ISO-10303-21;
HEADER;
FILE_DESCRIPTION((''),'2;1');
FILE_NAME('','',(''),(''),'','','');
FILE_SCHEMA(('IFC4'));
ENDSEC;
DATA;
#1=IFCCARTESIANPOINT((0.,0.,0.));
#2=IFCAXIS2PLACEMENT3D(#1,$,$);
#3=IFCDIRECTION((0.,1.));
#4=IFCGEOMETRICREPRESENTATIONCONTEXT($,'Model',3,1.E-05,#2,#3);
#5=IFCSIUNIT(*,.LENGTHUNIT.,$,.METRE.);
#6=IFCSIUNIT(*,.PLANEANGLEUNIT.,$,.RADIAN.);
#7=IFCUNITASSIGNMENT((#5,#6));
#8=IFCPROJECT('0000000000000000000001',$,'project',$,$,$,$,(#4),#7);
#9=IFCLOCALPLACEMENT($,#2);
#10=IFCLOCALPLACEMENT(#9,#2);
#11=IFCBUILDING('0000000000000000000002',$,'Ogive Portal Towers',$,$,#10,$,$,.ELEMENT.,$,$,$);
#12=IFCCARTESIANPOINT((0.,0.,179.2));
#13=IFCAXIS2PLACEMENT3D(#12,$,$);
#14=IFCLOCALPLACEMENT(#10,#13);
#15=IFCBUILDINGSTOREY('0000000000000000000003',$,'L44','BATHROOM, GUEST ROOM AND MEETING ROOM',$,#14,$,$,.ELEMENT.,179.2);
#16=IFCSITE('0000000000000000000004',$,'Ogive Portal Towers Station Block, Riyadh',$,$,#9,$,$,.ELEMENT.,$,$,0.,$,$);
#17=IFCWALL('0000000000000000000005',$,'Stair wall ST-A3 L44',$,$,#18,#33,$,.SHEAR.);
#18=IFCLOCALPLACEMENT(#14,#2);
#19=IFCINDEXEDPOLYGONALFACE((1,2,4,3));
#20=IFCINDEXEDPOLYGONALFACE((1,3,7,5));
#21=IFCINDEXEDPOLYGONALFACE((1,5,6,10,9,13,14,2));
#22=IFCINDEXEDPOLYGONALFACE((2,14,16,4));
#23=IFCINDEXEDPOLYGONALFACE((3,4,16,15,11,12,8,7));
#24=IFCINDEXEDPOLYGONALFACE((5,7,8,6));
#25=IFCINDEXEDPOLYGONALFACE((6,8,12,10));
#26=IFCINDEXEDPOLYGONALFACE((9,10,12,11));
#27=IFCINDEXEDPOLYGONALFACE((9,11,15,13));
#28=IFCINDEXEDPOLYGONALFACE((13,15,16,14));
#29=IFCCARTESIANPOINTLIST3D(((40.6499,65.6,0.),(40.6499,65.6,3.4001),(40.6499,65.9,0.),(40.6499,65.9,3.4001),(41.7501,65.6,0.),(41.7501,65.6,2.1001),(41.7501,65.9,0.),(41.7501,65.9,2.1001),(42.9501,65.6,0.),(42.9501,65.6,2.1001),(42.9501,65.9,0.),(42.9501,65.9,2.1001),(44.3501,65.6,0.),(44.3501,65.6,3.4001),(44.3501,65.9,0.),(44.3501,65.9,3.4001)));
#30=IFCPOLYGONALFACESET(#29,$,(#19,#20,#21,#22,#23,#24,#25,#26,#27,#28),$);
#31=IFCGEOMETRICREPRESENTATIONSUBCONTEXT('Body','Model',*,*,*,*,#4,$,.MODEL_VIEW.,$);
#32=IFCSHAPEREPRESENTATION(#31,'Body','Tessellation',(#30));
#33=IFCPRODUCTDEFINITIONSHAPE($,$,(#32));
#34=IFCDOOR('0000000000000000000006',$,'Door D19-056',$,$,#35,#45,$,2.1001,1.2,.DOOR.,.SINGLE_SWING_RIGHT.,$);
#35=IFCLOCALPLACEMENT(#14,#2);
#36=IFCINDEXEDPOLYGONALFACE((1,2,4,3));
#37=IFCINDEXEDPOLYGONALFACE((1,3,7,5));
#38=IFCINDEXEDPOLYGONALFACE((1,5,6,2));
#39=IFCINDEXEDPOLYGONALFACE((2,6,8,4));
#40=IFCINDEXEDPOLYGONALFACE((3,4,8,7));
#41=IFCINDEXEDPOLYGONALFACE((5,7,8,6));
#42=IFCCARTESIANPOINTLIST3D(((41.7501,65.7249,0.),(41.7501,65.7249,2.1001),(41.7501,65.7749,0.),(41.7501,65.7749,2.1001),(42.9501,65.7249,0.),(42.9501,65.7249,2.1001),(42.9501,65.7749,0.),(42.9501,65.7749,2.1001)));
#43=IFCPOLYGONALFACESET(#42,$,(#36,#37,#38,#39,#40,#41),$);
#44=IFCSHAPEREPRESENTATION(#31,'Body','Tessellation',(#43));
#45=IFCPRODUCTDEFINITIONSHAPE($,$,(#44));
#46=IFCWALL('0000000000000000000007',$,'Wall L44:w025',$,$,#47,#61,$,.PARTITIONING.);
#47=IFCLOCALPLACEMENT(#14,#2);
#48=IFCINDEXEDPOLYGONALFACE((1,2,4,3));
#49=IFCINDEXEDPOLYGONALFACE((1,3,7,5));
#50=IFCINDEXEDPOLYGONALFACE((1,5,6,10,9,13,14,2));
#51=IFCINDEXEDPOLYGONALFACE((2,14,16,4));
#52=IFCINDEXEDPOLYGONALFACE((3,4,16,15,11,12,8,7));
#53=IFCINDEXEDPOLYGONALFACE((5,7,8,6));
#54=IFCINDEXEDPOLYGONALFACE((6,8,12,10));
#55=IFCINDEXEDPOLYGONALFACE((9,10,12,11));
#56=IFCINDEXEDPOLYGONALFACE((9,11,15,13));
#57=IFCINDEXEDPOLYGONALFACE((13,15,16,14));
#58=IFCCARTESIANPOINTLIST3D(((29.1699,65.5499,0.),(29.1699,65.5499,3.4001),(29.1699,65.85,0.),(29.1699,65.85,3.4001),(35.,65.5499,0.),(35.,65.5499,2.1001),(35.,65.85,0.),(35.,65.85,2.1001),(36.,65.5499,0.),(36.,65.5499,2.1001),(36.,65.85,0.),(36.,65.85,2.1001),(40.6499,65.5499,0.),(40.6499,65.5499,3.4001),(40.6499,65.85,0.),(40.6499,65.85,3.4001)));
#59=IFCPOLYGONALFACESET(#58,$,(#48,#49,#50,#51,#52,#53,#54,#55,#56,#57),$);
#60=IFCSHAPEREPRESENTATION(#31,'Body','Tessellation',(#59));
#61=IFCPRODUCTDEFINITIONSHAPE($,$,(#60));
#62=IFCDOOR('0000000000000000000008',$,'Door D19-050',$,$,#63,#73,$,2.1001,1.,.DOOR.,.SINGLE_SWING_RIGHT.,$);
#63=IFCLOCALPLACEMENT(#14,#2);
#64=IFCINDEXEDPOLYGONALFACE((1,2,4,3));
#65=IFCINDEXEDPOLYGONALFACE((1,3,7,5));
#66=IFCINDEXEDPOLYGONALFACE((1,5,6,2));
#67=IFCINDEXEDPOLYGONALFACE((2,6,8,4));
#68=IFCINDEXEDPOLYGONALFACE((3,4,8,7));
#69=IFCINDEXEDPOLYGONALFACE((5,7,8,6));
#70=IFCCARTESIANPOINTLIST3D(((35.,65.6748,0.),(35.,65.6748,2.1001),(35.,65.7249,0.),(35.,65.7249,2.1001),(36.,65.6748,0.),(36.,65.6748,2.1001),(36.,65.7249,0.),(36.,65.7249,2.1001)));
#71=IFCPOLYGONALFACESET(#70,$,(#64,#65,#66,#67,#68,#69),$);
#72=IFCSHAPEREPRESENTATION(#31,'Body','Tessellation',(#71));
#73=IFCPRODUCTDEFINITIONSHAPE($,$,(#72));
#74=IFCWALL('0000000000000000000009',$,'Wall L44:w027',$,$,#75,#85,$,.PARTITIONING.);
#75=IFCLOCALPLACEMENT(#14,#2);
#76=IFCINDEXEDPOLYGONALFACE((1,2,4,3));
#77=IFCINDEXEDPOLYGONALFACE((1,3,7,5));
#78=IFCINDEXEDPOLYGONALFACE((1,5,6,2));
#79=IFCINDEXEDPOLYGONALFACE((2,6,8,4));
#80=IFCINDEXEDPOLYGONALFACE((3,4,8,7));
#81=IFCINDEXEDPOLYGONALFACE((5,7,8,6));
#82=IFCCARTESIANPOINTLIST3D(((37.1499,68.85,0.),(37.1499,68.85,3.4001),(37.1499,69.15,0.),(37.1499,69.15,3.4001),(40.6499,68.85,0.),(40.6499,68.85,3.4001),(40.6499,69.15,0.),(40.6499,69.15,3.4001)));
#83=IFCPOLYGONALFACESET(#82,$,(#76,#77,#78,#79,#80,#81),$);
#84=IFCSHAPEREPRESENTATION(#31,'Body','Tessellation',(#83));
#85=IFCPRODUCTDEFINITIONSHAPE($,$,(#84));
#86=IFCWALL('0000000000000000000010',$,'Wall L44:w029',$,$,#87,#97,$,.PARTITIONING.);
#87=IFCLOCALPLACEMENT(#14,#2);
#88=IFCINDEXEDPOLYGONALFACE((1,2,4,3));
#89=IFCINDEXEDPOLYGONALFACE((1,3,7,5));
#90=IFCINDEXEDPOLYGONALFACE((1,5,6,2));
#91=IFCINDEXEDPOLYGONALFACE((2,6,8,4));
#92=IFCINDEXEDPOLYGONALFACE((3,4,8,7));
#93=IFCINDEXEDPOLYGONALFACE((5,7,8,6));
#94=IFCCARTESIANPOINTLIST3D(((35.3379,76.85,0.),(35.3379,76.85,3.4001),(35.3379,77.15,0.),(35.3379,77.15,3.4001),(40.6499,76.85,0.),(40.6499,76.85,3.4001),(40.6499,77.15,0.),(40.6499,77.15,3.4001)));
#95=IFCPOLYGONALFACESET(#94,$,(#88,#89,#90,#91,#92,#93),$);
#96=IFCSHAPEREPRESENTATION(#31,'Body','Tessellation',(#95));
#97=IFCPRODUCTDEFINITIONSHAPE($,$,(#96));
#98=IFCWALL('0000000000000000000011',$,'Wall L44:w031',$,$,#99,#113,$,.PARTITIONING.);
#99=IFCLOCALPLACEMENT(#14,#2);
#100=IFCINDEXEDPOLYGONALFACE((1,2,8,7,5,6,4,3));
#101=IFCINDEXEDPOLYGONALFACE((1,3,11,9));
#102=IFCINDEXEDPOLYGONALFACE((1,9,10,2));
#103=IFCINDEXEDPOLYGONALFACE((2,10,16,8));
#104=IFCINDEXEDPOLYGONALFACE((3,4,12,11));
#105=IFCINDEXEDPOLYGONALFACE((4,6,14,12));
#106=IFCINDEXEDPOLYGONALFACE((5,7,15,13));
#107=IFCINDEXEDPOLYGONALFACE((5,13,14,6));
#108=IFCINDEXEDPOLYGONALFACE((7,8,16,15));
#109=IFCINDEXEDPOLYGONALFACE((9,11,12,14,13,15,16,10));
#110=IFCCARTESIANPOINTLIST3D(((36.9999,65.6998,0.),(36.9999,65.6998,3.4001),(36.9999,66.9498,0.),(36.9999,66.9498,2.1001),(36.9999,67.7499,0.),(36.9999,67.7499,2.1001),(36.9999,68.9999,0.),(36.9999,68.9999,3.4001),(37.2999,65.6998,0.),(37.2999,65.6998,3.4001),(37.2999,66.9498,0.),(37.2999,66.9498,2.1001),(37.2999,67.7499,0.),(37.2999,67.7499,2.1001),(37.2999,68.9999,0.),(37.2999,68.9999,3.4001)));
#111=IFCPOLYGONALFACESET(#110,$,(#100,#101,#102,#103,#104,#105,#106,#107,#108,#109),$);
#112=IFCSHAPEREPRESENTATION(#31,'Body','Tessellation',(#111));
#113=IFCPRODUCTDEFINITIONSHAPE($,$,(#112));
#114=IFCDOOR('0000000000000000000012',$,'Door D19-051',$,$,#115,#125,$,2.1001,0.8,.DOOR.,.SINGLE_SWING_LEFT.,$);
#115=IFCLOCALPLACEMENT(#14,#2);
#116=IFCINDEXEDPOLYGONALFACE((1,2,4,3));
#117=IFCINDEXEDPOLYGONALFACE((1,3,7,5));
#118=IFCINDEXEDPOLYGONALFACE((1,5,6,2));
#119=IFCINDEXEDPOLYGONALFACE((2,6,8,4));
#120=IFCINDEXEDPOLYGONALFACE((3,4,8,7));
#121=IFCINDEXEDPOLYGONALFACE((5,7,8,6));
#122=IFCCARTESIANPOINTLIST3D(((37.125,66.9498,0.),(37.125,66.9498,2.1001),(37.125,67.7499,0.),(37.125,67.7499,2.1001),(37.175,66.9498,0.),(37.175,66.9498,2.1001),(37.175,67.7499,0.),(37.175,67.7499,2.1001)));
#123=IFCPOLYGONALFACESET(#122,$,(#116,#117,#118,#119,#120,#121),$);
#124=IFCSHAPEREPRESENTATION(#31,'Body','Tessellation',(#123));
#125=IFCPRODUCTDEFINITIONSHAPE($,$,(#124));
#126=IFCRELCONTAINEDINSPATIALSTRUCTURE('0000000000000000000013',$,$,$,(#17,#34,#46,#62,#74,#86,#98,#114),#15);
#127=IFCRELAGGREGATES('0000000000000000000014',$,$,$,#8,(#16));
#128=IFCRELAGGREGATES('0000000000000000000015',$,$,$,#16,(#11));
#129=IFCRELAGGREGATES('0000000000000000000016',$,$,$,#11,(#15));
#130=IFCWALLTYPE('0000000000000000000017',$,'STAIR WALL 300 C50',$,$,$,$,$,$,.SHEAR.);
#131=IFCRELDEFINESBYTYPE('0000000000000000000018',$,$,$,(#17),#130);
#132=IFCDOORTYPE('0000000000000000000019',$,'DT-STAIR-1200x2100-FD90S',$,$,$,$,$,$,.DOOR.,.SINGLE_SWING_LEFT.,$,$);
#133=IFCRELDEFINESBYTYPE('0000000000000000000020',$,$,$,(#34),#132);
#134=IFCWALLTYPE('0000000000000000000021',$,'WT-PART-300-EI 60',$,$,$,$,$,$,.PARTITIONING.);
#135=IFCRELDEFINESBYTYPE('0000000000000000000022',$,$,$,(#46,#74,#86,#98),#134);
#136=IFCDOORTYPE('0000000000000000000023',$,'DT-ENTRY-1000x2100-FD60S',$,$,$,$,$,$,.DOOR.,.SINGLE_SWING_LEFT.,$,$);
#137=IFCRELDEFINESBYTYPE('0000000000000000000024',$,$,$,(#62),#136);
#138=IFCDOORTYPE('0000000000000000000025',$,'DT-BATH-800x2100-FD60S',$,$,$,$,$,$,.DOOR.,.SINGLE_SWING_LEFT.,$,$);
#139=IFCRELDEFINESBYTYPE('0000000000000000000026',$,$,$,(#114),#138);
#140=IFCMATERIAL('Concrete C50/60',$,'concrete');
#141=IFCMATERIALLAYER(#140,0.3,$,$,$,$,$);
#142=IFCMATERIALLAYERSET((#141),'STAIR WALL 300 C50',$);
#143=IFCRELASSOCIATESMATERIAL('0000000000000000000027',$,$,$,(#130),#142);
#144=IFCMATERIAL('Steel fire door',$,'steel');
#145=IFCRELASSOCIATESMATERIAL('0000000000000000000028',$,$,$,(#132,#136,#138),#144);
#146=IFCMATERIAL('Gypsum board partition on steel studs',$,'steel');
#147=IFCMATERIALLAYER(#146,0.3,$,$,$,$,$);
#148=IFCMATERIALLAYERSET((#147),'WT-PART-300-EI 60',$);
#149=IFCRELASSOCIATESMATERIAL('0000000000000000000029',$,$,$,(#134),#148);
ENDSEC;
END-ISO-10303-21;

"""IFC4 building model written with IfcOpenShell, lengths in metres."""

from ifc_helpers import new_model, si_unit, direction, frame, frame_2d, origin, place, context, subcontext, project, spatial, rectangle, extrude, material, layer, layer_set, type_object, element, fill, save


model = new_model("IFC4")

# Units and contexts
model_context = context("Model", 3, precision=1e-05, world=origin(), true_north=direction((0.0, 1.0)))
body_context = subcontext(model_context, "Body", "Model", "MODEL_VIEW")
ifc_project = project(units=[si_unit("LENGTHUNIT", "METRE"), si_unit("PLANEANGLEUNIT", "RADIAN")], contexts=[model_context])

# Site, building, storey
site_placement = place(None, origin())
site = spatial("IfcSite", under=ifc_project, at=site_placement, Name="Ogive Portal Towers Station Block, Riyadh", CompositionType="ELEMENT", RefElevation=0.0)
building_placement = place(site_placement, origin())
building = spatial("IfcBuilding", under=site, at=building_placement, Name="Ogive Portal Towers", CompositionType="ELEMENT")
storey_placement = place(building_placement, frame((0.0, 0.0, 179.2)))
storey = spatial("IfcBuildingStorey", under=building, at=storey_placement, Name="L44", Description="BATHROOM, GUEST ROOM AND MEETING ROOM", CompositionType="ELEMENT", Elevation=179.2)

# Walls, openings, doors
ifc_material_1 = material(Name="Concrete C50/60", Category="concrete")
ifc_layer_1 = layer(ifc_material_1, 0.3)
ifc_layer_set_1 = layer_set([ifc_layer_1], Name="STAIR WALL 300 C50")
wall_type_1 = type_object("IfcWallType", Name="STAIR WALL 300 C50", PredefinedType="SHEAR", material=ifc_layer_set_1)
wall_1_placement = place(storey_placement, frame((40.6499, 65.75, 0.0), z_axis=(0.0, 0.0, 1.0), x_axis=(1.0, 0.0, 0.0)))
wall_1 = element("IfcWall", 1, at=wall_1_placement, inside=storey, type_object=wall_type_1, Name="Stair wall ST-A3 L44", PredefinedType="SHEAR", context=body_context, shape_type="SweptSolid", body=[
    extrude(rectangle(XDim=3.7002, YDim=0.3, at=frame_2d((1.8501, 0.0))), origin(), (0.0, 0.0, 1.0), 3.4001),
])
opening_1_placement = place(wall_1_placement, frame((1.1001, 0.0, 0.0)))
opening_1 = element("IfcOpeningElement", 2, at=opening_1_placement, cuts=wall_1, PredefinedType="OPENING", context=body_context, shape_type="SweptSolid", body=[
    extrude(rectangle(XDim=1.2, YDim=2.1001, at=frame_2d((0.6001, 1.05))), frame((0.0, 0.1602, 0.0), z_axis=(0.0, -1.0, 0.0), x_axis=(1.0, 0.0, 0.0)), (0.0, 0.0, 1.0), 0.3201),
])
ifc_material_2 = material(Name="Steel fire door", Category="steel")
door_type_1 = type_object("IfcDoorType", Name="DT-STAIR-1200x2100-FD90S", OperationType="SINGLE_SWING_LEFT", PredefinedType="DOOR", material=ifc_material_2)
door_1_placement = place(opening_1_placement, origin())
door_1 = element("IfcDoor", 3, at=door_1_placement, inside=storey, type_object=door_type_1, Name="Door D19-056", OperationType="SINGLE_SWING_RIGHT", OverallHeight=2.1001, OverallWidth=1.2, PredefinedType="DOOR", context=body_context, shape_type="SweptSolid", body=[
    extrude(rectangle(XDim=1.2, YDim=2.1001, at=frame_2d((0.6001, 1.05))), frame((0.0, 0.0249, 0.0), z_axis=(0.0, -1.0, 0.0), x_axis=(1.0, 0.0, 0.0)), (0.0, 0.0, 1.0), 0.05),
])
fill(opening_1, door_1)
ifc_material_3 = material(Name="Gypsum board partition on steel studs", Category="steel")
ifc_layer_2 = layer(ifc_material_3, 0.3)
ifc_layer_set_2 = layer_set([ifc_layer_2], Name="WT-PART-300-EI 60")
wall_type_2 = type_object("IfcWallType", Name="WT-PART-300-EI 60", PredefinedType="PARTITIONING", material=ifc_layer_set_2)
wall_2_placement = place(storey_placement, frame((29.1699, 65.7, 0.0), z_axis=(0.0, 0.0, 1.0), x_axis=(1.0, 0.0, 0.0)))
wall_2 = element("IfcWall", 4, at=wall_2_placement, inside=storey, type_object=wall_type_2, Name="Wall L44:w025", PredefinedType="PARTITIONING", context=body_context, shape_type="SweptSolid", body=[
    extrude(rectangle(XDim=11.48, YDim=0.3, at=frame_2d((5.74, 0.0))), origin(), (0.0, 0.0, 1.0), 3.4001),
])
opening_2_placement = place(wall_2_placement, frame((5.8301, 0.0, 0.0)))
opening_2 = element("IfcOpeningElement", 5, at=opening_2_placement, cuts=wall_2, PredefinedType="OPENING", context=body_context, shape_type="SweptSolid", body=[
    extrude(rectangle(XDim=1.0, YDim=2.1001, at=frame_2d((0.5, 1.05))), frame((0.0, 0.1602, 0.0), z_axis=(0.0, -1.0, 0.0), x_axis=(1.0, 0.0, 0.0)), (0.0, 0.0, 1.0), 0.3201),
])
door_type_2 = type_object("IfcDoorType", Name="DT-ENTRY-1000x2100-FD60S", OperationType="SINGLE_SWING_LEFT", PredefinedType="DOOR", material=ifc_material_2)
door_2_placement = place(opening_2_placement, origin())
door_2 = element("IfcDoor", 6, at=door_2_placement, inside=storey, type_object=door_type_2, Name="Door D19-050", OperationType="SINGLE_SWING_RIGHT", OverallHeight=2.1001, OverallWidth=1.0, PredefinedType="DOOR", context=body_context, shape_type="SweptSolid", body=[
    extrude(rectangle(XDim=1.0, YDim=2.1001, at=frame_2d((0.5, 1.05))), frame((0.0, 0.0249, 0.0), z_axis=(0.0, -1.0, 0.0), x_axis=(1.0, 0.0, 0.0)), (0.0, 0.0, 1.0), 0.05),
])
fill(opening_2, door_2)

# Walls
wall_3_placement = place(storey_placement, frame((37.1499, 69.0, 0.0), z_axis=(0.0, 0.0, 1.0), x_axis=(1.0, 0.0, 0.0)))
element("IfcWall", 7, at=wall_3_placement, inside=storey, type_object=wall_type_2, Name="Wall L44:w027", PredefinedType="PARTITIONING", context=body_context, shape_type="SweptSolid", body=[
    extrude(rectangle(XDim=3.5, YDim=0.3, at=frame_2d((1.75, 0.0))), origin(), (0.0, 0.0, 1.0), 3.4001),
])
wall_4_placement = place(storey_placement, frame((35.3379, 77.0, 0.0), z_axis=(0.0, 0.0, 1.0), x_axis=(1.0, 0.0, 0.0)))
element("IfcWall", 8, at=wall_4_placement, inside=storey, type_object=wall_type_2, Name="Wall L44:w029", PredefinedType="PARTITIONING", context=body_context, shape_type="SweptSolid", body=[
    extrude(rectangle(XDim=5.312, YDim=0.3, at=frame_2d((2.656, 0.0))), origin(), (0.0, 0.0, 1.0), 3.4001),
])

# Wall, opening, door
wall_5_placement = place(storey_placement, frame((37.1499, 65.7, 0.0), z_axis=(0.0, 0.0, 1.0), x_axis=(0.0, 1.0, 0.0)))
wall_5 = element("IfcWall", 9, at=wall_5_placement, inside=storey, type_object=wall_type_2, Name="Wall L44:w031", PredefinedType="PARTITIONING", context=body_context, shape_type="SweptSolid", body=[
    extrude(rectangle(XDim=3.3, YDim=0.3, at=frame_2d((1.6499, 0.0))), origin(), (0.0, 0.0, 1.0), 3.4001),
])
opening_3_placement = place(wall_5_placement, frame((1.25, 0.0, 0.0)))
opening_3 = element("IfcOpeningElement", 10, at=opening_3_placement, cuts=wall_5, PredefinedType="OPENING", context=body_context, shape_type="SweptSolid", body=[
    extrude(rectangle(XDim=0.8, YDim=2.1001, at=frame_2d((0.3999, 1.05))), frame((0.0, 0.1602, 0.0), z_axis=(0.0, -1.0, 0.0), x_axis=(1.0, 0.0, 0.0)), (0.0, 0.0, 1.0), 0.3201),
])
door_type_3 = type_object("IfcDoorType", Name="DT-BATH-800x2100-FD60S", OperationType="SINGLE_SWING_LEFT", PredefinedType="DOOR", material=ifc_material_2)
door_3_placement = place(opening_3_placement, origin())
door_3 = element("IfcDoor", 11, at=door_3_placement, inside=storey, type_object=door_type_3, Name="Door D19-051", OperationType="SINGLE_SWING_LEFT", OverallHeight=2.1001, OverallWidth=0.8, PredefinedType="DOOR", context=body_context, shape_type="SweptSolid", body=[
    extrude(rectangle(XDim=0.8, YDim=2.1001, at=frame_2d((0.3999, 1.05))), frame((0.0, 0.0249, 0.0), z_axis=(0.0, -1.0, 0.0), x_axis=(1.0, 0.0, 0.0)), (0.0, 0.0, 1.0), 0.05),
])
fill(opening_3, door_3)

save(model, "model.ifc")
